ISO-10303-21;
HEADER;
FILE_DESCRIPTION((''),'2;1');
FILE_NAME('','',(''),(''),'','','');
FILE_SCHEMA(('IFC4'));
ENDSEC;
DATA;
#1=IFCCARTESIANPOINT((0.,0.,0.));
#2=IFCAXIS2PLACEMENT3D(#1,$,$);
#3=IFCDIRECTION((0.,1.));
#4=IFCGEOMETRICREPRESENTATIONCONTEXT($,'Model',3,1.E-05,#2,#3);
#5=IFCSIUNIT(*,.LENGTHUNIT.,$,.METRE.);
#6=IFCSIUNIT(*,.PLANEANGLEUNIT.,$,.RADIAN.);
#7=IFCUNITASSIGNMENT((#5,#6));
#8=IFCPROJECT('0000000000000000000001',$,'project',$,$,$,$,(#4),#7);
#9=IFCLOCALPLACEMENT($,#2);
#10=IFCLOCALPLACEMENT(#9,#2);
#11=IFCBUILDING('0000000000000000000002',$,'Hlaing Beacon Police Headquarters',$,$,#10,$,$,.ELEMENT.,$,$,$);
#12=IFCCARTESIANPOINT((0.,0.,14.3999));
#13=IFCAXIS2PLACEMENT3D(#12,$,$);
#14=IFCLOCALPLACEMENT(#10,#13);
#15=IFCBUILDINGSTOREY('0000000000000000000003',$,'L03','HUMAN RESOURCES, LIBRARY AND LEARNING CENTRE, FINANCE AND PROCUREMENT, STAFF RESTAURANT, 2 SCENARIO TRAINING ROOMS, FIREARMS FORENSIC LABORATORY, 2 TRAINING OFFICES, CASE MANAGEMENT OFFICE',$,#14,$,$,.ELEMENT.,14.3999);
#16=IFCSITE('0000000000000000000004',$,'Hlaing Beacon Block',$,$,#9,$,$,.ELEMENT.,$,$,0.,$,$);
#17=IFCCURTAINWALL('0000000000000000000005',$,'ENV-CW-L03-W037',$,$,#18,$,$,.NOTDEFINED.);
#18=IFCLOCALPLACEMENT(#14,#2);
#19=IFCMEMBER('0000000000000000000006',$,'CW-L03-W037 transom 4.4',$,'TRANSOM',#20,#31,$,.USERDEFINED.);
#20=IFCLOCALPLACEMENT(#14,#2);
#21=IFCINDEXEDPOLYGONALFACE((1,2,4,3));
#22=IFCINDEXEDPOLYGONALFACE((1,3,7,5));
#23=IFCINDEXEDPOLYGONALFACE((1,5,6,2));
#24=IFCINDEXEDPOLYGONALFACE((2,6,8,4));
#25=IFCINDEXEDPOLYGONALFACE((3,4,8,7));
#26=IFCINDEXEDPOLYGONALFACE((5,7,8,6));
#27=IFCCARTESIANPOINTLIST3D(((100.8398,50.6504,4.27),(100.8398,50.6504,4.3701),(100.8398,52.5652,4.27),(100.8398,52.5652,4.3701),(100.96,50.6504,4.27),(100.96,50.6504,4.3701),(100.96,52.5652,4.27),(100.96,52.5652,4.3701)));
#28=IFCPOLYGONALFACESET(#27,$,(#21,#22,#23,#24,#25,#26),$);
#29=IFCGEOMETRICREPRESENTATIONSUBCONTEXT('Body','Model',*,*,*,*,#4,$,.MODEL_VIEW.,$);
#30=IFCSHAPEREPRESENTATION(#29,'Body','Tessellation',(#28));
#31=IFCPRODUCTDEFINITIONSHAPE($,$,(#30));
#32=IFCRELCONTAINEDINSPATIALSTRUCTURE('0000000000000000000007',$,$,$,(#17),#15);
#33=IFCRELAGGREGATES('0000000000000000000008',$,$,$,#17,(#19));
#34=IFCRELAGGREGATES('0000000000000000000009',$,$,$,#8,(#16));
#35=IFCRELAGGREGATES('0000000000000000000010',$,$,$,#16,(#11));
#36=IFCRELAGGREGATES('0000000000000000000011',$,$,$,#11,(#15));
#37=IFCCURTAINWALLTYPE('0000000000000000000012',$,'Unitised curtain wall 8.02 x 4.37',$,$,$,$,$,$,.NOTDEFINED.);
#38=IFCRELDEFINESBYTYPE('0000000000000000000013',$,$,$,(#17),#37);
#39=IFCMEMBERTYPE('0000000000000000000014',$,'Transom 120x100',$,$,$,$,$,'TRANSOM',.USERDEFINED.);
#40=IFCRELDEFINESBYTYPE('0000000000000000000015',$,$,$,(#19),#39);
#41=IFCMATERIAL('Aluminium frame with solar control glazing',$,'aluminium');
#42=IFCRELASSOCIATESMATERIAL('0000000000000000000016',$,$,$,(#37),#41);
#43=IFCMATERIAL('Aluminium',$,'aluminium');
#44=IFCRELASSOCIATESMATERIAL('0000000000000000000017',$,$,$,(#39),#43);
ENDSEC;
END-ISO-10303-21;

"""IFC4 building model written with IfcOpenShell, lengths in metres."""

from ifc_helpers import new_model, si_unit, direction, frame, origin, origin_2d, place, context, subcontext, project, spatial, rectangle, extrude, material, material_profile, profile_set, type_object, element, aggregate, save


model = new_model("IFC4")

# Units and contexts
model_context = context("Model", 3, precision=1e-05, world=origin(), true_north=direction((0.0, 1.0)))
body_context = subcontext(model_context, "Body", "Model", "MODEL_VIEW")
ifc_project = project(units=[si_unit("LENGTHUNIT", "METRE"), si_unit("PLANEANGLEUNIT", "RADIAN")], contexts=[model_context])

# Site, building, storey
site_placement = place(None, origin())
site = spatial("IfcSite", under=ifc_project, at=site_placement, Name="Hlaing Beacon Block", CompositionType="ELEMENT", RefElevation=0.0)
building_placement = place(site_placement, origin())
building = spatial("IfcBuilding", under=site, at=building_placement, Name="Hlaing Beacon Police Headquarters", CompositionType="ELEMENT")
storey_placement = place(building_placement, frame((0.0, 0.0, 14.3999)))
storey = spatial("IfcBuildingStorey", under=building, at=storey_placement, Name="L03", Description="HUMAN RESOURCES, LIBRARY AND LEARNING CENTRE, FINANCE AND PROCUREMENT, STAFF RESTAURANT, 2 SCENARIO TRAINING ROOMS, FIREARMS FORENSIC LABORATORY, 2 TRAINING OFFICES, CASE MANAGEMENT OFFICE", CompositionType="ELEMENT", Elevation=14.3999)

# Curtain wall, member
ifc_material_1 = material(Name="Aluminium frame with solar control glazing", Category="aluminium")
curtain_wall_type = type_object("IfcCurtainWallType", Name="Unitised curtain wall 8.02 x 4.37", PredefinedType="NOTDEFINED", material=ifc_material_1)
curtain_wall_placement = place(storey_placement, origin())
curtain_wall = element("IfcCurtainWall", 1, at=curtain_wall_placement, inside=storey, type_object=curtain_wall_type, Name="ENV-CW-L03-W037", PredefinedType="NOTDEFINED")
ifc_material_2 = material(Name="Aluminium", Category="aluminium")
ifc_material_profile_1 = material_profile(ifc_material_2, rectangle(XDim=0.1201, YDim=0.1001, at=origin_2d()), Name="Transom 120x100")
ifc_profile_set_1 = profile_set([ifc_material_profile_1], Name="Aluminium")
member_type_1 = type_object("IfcMemberType", Name="Transom 120x100", ElementType="TRANSOM", PredefinedType="USERDEFINED", material=ifc_profile_set_1)
member_1_placement = place(storey_placement, frame((100.8999, 52.5652, 4.3201), z_axis=(0.0, -1.0, 0.0), x_axis=(1.0, 0.0, 0.0)))
member_1 = element("IfcMember", 2, at=member_1_placement, type_object=member_type_1, Name="CW-L03-W037 transom 4.4", ObjectType="TRANSOM", PredefinedType="USERDEFINED", context=body_context, shape_type="SweptSolid", body=[
    extrude(rectangle(XDim=0.1201, YDim=0.1001, at=origin_2d()), origin(), (0.0, 0.0, 1.0), 1.9148),
])
aggregate(curtain_wall, [member_1])

save(model, "model.ifc")
